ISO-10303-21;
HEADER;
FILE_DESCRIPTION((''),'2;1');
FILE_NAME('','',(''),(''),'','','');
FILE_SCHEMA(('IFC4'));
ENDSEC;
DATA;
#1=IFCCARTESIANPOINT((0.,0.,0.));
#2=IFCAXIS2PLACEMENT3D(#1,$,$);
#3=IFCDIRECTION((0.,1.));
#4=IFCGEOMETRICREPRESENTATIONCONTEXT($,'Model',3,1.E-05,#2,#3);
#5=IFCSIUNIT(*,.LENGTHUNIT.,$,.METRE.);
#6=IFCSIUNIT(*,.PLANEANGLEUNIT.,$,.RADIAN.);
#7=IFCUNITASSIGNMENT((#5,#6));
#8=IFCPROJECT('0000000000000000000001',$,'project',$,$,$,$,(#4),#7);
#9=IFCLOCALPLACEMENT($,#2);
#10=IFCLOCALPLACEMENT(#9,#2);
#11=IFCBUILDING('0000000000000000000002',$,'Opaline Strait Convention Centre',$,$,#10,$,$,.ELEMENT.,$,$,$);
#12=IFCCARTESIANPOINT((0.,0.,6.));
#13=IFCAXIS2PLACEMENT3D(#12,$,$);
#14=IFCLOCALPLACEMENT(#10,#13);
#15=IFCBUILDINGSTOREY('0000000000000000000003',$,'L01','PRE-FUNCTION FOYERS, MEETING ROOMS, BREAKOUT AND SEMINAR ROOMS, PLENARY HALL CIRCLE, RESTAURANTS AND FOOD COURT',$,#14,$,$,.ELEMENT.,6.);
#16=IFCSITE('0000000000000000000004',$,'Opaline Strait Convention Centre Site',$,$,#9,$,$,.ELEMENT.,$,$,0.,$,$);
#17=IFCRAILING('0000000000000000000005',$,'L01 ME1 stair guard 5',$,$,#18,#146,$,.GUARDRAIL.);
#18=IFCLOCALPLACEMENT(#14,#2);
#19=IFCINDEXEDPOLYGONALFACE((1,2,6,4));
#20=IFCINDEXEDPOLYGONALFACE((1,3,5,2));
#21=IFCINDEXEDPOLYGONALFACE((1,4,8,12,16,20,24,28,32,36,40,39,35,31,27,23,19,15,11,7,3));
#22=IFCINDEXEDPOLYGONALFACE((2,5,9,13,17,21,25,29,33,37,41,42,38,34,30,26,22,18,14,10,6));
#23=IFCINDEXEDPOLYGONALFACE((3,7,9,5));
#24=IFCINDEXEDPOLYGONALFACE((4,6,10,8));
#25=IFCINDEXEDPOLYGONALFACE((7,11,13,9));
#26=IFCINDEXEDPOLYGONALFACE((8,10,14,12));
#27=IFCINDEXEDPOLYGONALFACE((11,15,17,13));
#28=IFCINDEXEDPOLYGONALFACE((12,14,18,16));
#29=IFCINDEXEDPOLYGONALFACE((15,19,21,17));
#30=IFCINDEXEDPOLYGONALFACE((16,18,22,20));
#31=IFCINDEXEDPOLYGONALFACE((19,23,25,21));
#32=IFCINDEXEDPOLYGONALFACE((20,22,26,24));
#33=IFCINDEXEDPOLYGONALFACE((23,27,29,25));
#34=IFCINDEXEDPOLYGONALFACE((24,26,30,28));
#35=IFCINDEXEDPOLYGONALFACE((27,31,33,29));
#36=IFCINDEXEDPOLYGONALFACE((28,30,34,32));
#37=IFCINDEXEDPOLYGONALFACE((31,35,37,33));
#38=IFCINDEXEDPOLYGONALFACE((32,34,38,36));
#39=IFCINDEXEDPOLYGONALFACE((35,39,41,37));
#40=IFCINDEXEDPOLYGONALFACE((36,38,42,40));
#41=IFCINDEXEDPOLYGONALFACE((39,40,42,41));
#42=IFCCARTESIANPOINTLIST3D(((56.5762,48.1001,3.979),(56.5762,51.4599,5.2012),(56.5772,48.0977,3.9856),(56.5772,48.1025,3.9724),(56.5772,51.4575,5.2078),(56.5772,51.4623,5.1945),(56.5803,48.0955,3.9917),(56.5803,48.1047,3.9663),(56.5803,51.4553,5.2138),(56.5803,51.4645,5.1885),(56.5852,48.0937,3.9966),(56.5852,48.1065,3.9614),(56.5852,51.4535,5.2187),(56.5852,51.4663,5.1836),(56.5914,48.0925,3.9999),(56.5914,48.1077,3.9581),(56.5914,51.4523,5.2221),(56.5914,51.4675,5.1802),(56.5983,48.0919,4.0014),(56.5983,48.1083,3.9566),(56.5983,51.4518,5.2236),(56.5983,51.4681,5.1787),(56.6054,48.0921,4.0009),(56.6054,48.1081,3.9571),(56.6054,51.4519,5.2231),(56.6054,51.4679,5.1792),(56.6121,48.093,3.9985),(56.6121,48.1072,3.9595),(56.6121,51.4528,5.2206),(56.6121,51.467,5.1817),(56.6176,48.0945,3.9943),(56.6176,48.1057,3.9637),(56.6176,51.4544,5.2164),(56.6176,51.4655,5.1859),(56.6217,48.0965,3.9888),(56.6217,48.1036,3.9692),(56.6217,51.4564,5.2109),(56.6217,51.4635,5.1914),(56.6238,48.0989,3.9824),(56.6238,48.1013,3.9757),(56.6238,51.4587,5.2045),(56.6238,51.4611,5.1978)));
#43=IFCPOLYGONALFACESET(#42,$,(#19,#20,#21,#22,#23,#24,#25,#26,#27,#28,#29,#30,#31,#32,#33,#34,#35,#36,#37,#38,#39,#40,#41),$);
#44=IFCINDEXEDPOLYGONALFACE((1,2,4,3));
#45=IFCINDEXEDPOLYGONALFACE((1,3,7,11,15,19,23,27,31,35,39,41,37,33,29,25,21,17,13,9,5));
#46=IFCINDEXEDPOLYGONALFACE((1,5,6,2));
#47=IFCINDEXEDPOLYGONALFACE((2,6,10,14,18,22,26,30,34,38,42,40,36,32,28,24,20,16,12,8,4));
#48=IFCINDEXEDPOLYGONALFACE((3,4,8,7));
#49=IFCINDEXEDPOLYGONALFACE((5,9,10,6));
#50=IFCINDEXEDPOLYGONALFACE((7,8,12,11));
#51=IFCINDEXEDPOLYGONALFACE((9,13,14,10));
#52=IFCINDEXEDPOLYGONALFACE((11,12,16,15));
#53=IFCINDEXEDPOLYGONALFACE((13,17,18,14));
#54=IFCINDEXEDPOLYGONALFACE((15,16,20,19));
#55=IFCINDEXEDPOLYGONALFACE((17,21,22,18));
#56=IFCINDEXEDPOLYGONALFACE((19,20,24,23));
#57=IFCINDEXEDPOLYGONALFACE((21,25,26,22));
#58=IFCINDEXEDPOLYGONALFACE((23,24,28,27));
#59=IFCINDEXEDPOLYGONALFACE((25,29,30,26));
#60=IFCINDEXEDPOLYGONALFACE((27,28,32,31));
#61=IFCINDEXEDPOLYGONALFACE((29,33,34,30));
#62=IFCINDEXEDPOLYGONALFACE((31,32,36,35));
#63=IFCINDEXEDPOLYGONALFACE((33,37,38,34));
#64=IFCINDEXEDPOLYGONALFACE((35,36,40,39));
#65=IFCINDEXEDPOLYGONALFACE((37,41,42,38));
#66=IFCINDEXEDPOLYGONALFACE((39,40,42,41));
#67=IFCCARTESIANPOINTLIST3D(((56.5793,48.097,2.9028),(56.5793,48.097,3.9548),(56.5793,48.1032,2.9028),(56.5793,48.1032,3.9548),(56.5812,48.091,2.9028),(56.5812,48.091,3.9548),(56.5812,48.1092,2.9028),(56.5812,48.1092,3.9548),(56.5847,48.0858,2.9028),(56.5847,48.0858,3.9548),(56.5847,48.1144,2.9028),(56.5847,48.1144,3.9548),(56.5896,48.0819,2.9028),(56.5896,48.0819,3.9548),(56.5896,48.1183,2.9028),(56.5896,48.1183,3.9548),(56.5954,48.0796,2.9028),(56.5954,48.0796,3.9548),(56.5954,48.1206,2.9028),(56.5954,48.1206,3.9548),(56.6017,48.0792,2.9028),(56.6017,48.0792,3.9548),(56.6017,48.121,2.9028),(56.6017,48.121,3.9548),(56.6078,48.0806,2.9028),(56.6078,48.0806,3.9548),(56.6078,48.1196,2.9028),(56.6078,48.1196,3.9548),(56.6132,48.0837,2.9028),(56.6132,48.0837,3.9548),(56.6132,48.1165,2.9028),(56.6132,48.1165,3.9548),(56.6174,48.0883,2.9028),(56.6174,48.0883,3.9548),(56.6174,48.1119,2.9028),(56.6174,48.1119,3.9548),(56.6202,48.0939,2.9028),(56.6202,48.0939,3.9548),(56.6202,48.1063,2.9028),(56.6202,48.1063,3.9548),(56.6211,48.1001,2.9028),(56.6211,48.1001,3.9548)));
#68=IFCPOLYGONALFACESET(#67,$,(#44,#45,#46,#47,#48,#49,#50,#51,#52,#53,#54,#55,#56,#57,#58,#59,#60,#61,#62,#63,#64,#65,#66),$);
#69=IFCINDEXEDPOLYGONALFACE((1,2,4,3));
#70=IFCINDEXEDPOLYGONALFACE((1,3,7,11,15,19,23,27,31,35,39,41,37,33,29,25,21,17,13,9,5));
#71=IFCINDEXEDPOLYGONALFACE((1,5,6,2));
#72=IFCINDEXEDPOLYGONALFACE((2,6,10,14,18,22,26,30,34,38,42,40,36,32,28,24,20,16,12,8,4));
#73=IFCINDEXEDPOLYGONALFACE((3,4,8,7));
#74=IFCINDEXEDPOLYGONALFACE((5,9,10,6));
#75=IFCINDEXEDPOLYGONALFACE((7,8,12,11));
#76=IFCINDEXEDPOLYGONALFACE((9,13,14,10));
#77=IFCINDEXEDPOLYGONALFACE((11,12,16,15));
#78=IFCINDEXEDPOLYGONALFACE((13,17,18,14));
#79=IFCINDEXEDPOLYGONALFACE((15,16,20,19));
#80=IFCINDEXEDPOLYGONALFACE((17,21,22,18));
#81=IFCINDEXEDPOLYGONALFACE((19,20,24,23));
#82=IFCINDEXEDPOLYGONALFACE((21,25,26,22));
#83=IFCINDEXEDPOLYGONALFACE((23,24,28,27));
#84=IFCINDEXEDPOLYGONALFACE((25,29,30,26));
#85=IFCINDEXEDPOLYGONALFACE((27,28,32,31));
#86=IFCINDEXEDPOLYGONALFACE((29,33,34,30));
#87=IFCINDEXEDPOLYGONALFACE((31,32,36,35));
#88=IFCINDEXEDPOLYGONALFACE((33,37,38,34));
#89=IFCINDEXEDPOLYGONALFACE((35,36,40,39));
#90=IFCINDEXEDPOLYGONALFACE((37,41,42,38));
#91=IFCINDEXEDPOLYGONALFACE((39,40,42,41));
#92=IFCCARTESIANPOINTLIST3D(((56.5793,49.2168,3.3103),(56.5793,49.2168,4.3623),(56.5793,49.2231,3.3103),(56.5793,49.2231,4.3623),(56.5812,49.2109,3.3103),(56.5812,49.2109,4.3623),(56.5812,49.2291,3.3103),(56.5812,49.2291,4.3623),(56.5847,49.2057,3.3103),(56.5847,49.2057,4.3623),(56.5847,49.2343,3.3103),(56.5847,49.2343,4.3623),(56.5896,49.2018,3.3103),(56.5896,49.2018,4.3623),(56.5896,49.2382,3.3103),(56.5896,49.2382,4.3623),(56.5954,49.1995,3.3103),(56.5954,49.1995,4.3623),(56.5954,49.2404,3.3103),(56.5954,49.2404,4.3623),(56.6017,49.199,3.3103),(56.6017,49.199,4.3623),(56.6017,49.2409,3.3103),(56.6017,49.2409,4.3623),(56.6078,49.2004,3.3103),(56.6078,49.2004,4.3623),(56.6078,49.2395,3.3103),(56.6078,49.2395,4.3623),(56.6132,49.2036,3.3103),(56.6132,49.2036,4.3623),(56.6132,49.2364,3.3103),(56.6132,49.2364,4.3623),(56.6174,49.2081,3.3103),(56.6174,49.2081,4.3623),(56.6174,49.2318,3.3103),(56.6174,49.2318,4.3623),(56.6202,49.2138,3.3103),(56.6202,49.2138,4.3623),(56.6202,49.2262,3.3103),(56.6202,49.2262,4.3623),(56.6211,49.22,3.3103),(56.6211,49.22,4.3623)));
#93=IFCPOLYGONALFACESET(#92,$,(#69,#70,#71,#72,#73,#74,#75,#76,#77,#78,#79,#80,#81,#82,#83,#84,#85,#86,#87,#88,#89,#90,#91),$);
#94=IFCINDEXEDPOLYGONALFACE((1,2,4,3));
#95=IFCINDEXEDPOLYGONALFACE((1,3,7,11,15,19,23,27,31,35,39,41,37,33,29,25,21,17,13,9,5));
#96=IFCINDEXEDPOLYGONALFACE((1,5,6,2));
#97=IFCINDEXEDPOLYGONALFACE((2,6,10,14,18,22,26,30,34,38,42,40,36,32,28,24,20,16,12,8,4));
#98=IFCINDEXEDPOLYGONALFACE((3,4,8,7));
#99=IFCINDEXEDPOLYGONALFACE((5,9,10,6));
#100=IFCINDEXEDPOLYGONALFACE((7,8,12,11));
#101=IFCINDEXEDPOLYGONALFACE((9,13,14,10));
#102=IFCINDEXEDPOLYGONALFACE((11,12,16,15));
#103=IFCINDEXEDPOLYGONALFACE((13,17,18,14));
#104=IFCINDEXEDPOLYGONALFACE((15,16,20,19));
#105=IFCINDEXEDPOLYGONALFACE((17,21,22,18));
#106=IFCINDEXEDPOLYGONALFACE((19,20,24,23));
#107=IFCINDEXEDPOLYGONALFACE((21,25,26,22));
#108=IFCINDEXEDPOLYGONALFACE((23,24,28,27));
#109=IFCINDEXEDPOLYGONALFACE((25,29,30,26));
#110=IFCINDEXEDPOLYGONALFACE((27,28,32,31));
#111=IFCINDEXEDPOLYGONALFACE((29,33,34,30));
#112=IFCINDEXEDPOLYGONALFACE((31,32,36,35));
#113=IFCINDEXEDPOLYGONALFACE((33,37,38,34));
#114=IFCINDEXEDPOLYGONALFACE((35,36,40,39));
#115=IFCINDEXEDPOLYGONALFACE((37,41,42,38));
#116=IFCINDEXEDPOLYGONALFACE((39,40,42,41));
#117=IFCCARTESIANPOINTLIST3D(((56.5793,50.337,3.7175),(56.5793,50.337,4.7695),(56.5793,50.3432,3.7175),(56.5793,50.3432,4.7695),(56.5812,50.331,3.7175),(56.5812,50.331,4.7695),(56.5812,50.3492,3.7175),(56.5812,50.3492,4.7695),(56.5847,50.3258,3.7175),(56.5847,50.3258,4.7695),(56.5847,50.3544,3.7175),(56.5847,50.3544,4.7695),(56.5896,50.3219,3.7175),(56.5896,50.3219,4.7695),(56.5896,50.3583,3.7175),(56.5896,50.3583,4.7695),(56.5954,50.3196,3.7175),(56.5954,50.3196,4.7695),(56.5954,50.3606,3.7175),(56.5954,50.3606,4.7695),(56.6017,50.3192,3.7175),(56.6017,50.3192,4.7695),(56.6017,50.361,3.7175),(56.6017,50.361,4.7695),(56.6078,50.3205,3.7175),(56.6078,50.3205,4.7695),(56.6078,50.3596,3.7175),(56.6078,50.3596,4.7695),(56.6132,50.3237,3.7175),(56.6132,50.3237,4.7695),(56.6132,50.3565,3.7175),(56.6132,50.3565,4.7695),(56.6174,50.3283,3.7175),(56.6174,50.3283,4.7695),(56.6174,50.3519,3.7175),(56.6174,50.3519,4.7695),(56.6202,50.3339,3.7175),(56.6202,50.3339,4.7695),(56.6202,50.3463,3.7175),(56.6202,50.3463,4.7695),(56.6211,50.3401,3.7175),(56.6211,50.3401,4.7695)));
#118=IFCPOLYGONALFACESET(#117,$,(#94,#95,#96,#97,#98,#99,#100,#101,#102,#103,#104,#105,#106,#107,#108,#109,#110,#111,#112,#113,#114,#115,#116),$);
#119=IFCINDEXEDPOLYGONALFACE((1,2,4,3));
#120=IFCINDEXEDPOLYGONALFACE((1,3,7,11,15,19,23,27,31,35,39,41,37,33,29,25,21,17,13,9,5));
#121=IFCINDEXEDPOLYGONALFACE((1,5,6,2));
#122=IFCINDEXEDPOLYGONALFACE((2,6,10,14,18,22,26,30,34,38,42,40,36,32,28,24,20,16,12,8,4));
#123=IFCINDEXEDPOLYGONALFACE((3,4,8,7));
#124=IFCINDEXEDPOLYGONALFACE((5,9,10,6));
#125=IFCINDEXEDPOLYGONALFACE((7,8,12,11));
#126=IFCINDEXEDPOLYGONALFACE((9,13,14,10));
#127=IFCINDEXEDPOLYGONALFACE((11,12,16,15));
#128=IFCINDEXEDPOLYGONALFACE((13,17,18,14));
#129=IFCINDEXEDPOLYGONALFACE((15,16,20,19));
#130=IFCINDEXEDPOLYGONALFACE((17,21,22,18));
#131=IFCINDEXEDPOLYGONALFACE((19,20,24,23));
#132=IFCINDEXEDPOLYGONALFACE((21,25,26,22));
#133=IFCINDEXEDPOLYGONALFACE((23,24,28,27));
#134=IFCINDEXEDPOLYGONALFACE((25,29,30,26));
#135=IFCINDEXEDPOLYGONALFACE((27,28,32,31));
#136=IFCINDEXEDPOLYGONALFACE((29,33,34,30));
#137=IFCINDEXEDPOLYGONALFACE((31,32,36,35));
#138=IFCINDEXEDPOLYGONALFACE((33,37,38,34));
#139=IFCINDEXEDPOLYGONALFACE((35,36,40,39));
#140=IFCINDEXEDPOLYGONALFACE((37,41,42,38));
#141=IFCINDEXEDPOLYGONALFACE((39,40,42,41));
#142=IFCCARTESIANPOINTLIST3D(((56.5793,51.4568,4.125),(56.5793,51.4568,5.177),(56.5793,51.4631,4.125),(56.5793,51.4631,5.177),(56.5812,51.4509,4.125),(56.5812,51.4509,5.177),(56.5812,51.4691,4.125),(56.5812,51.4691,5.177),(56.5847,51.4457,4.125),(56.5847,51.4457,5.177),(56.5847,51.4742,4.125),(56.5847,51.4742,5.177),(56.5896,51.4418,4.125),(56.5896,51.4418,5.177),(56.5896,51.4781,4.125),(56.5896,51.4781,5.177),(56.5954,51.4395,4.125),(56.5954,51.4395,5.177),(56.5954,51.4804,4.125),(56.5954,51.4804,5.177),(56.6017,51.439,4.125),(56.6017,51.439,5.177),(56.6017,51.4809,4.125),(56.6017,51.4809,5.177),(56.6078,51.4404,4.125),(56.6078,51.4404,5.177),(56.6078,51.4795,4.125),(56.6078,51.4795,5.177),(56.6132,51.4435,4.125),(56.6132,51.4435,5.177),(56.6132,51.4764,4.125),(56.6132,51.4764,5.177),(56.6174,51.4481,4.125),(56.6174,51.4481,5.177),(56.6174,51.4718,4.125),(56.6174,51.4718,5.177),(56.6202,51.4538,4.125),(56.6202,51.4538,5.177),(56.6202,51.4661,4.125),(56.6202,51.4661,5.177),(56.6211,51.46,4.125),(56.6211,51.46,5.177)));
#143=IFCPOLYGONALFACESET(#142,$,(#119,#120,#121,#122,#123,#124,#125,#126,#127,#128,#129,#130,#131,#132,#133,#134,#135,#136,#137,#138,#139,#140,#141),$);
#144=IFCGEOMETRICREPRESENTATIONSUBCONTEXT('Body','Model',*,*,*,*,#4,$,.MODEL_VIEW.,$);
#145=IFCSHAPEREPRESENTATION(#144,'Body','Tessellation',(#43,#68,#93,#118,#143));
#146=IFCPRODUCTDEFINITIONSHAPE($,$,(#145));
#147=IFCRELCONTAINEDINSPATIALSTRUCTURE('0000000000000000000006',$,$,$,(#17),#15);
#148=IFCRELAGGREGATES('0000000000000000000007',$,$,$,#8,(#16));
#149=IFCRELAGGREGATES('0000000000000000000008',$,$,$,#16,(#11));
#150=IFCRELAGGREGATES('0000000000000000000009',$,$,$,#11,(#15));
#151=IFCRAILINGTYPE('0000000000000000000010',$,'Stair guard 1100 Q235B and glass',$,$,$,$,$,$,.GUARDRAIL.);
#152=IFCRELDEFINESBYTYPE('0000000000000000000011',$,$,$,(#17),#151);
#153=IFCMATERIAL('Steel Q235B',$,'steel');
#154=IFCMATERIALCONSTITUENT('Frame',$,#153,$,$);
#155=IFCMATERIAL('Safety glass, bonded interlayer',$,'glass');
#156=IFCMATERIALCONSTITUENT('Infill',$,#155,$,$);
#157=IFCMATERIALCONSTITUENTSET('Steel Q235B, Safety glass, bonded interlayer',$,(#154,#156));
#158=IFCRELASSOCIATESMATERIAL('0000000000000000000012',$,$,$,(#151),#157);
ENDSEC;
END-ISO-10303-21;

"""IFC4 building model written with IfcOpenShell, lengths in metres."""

from ifc_helpers import new_model, si_unit, direction, frame, origin, origin_2d, place, context, subcontext, project, spatial, circle, extrude, material, constituent, constituent_set, type_object, element, save


model = new_model("IFC4")

# Units and contexts
model_context = context("Model", 3, precision=1e-05, world=origin(), true_north=direction((0.0, 1.0)))
body_context = subcontext(model_context, "Body", "Model", "MODEL_VIEW")
ifc_project = project(units=[si_unit("LENGTHUNIT", "METRE"), si_unit("PLANEANGLEUNIT", "RADIAN")], contexts=[model_context])

# Site, building, storey
site_placement = place(None, origin())
site = spatial("IfcSite", under=ifc_project, at=site_placement, Name="Opaline Strait Convention Centre Site", CompositionType="ELEMENT", RefElevation=0.0)
building_placement = place(site_placement, origin())
building = spatial("IfcBuilding", under=site, at=building_placement, Name="Opaline Strait Convention Centre", CompositionType="ELEMENT")
storey_placement = place(building_placement, frame((0.0, 0.0, 6.0)))
storey = spatial("IfcBuildingStorey", under=building, at=storey_placement, Name="L01", Description="PRE-FUNCTION FOYERS, MEETING ROOMS, BREAKOUT AND SEMINAR ROOMS, PLENARY HALL CIRCLE, RESTAURANTS AND FOOD COURT", CompositionType="ELEMENT", Elevation=6.0)

# Railing
ifc_material_1 = material(Name="Steel Q235B", Category="steel")
ifc_constituent_1 = constituent(ifc_material_1, Name="Frame")
ifc_material_2 = material(Name="Safety glass, bonded interlayer", Category="glass")
ifc_constituent_2 = constituent(ifc_material_2, Name="Infill")
ifc_constituent_set = constituent_set(constituents=[ifc_constituent_1, ifc_constituent_2], Name="Steel Q235B, Safety glass, bonded interlayer")
railing_type_1 = type_object("IfcRailingType", Name="Stair guard 1100 Q235B and glass", PredefinedType="GUARDRAIL", material=ifc_constituent_set)
railing_1_placement = place(storey_placement, frame((56.6001, 48.1001, 2.9028)))
element("IfcRailing", 1, at=railing_1_placement, inside=storey, type_object=railing_type_1, Name="L01 ME1 stair guard 5", PredefinedType="GUARDRAIL", context=body_context, shape_type="SweptSolid", body=[
    extrude(circle(Radius=0.0239, at=origin_2d()), frame((0.0, 0.0, 1.0762), z_axis=(0.0, 0.939758, 0.341842), x_axis=(-1.0, 0.0, 0.0)), (0.0, 0.0, 1.0), 3.5752),
    extrude(circle(Radius=0.021, at=origin_2d()), origin(), (0.0, 0.0, 1.0), 1.052),
    extrude(circle(Radius=0.021, at=origin_2d()), frame((0.0, 1.1199, 0.4075)), (0.0, 0.0, 1.0), 1.052),
    extrude(circle(Radius=0.021, at=origin_2d()), frame((0.0, 2.24, 0.8147)), (0.0, 0.0, 1.0), 1.052),
    extrude(circle(Radius=0.021, at=origin_2d()), frame((0.0, 3.3599, 1.2222)), (0.0, 0.0, 1.0), 1.052),
])

save(model, "model.ifc")
